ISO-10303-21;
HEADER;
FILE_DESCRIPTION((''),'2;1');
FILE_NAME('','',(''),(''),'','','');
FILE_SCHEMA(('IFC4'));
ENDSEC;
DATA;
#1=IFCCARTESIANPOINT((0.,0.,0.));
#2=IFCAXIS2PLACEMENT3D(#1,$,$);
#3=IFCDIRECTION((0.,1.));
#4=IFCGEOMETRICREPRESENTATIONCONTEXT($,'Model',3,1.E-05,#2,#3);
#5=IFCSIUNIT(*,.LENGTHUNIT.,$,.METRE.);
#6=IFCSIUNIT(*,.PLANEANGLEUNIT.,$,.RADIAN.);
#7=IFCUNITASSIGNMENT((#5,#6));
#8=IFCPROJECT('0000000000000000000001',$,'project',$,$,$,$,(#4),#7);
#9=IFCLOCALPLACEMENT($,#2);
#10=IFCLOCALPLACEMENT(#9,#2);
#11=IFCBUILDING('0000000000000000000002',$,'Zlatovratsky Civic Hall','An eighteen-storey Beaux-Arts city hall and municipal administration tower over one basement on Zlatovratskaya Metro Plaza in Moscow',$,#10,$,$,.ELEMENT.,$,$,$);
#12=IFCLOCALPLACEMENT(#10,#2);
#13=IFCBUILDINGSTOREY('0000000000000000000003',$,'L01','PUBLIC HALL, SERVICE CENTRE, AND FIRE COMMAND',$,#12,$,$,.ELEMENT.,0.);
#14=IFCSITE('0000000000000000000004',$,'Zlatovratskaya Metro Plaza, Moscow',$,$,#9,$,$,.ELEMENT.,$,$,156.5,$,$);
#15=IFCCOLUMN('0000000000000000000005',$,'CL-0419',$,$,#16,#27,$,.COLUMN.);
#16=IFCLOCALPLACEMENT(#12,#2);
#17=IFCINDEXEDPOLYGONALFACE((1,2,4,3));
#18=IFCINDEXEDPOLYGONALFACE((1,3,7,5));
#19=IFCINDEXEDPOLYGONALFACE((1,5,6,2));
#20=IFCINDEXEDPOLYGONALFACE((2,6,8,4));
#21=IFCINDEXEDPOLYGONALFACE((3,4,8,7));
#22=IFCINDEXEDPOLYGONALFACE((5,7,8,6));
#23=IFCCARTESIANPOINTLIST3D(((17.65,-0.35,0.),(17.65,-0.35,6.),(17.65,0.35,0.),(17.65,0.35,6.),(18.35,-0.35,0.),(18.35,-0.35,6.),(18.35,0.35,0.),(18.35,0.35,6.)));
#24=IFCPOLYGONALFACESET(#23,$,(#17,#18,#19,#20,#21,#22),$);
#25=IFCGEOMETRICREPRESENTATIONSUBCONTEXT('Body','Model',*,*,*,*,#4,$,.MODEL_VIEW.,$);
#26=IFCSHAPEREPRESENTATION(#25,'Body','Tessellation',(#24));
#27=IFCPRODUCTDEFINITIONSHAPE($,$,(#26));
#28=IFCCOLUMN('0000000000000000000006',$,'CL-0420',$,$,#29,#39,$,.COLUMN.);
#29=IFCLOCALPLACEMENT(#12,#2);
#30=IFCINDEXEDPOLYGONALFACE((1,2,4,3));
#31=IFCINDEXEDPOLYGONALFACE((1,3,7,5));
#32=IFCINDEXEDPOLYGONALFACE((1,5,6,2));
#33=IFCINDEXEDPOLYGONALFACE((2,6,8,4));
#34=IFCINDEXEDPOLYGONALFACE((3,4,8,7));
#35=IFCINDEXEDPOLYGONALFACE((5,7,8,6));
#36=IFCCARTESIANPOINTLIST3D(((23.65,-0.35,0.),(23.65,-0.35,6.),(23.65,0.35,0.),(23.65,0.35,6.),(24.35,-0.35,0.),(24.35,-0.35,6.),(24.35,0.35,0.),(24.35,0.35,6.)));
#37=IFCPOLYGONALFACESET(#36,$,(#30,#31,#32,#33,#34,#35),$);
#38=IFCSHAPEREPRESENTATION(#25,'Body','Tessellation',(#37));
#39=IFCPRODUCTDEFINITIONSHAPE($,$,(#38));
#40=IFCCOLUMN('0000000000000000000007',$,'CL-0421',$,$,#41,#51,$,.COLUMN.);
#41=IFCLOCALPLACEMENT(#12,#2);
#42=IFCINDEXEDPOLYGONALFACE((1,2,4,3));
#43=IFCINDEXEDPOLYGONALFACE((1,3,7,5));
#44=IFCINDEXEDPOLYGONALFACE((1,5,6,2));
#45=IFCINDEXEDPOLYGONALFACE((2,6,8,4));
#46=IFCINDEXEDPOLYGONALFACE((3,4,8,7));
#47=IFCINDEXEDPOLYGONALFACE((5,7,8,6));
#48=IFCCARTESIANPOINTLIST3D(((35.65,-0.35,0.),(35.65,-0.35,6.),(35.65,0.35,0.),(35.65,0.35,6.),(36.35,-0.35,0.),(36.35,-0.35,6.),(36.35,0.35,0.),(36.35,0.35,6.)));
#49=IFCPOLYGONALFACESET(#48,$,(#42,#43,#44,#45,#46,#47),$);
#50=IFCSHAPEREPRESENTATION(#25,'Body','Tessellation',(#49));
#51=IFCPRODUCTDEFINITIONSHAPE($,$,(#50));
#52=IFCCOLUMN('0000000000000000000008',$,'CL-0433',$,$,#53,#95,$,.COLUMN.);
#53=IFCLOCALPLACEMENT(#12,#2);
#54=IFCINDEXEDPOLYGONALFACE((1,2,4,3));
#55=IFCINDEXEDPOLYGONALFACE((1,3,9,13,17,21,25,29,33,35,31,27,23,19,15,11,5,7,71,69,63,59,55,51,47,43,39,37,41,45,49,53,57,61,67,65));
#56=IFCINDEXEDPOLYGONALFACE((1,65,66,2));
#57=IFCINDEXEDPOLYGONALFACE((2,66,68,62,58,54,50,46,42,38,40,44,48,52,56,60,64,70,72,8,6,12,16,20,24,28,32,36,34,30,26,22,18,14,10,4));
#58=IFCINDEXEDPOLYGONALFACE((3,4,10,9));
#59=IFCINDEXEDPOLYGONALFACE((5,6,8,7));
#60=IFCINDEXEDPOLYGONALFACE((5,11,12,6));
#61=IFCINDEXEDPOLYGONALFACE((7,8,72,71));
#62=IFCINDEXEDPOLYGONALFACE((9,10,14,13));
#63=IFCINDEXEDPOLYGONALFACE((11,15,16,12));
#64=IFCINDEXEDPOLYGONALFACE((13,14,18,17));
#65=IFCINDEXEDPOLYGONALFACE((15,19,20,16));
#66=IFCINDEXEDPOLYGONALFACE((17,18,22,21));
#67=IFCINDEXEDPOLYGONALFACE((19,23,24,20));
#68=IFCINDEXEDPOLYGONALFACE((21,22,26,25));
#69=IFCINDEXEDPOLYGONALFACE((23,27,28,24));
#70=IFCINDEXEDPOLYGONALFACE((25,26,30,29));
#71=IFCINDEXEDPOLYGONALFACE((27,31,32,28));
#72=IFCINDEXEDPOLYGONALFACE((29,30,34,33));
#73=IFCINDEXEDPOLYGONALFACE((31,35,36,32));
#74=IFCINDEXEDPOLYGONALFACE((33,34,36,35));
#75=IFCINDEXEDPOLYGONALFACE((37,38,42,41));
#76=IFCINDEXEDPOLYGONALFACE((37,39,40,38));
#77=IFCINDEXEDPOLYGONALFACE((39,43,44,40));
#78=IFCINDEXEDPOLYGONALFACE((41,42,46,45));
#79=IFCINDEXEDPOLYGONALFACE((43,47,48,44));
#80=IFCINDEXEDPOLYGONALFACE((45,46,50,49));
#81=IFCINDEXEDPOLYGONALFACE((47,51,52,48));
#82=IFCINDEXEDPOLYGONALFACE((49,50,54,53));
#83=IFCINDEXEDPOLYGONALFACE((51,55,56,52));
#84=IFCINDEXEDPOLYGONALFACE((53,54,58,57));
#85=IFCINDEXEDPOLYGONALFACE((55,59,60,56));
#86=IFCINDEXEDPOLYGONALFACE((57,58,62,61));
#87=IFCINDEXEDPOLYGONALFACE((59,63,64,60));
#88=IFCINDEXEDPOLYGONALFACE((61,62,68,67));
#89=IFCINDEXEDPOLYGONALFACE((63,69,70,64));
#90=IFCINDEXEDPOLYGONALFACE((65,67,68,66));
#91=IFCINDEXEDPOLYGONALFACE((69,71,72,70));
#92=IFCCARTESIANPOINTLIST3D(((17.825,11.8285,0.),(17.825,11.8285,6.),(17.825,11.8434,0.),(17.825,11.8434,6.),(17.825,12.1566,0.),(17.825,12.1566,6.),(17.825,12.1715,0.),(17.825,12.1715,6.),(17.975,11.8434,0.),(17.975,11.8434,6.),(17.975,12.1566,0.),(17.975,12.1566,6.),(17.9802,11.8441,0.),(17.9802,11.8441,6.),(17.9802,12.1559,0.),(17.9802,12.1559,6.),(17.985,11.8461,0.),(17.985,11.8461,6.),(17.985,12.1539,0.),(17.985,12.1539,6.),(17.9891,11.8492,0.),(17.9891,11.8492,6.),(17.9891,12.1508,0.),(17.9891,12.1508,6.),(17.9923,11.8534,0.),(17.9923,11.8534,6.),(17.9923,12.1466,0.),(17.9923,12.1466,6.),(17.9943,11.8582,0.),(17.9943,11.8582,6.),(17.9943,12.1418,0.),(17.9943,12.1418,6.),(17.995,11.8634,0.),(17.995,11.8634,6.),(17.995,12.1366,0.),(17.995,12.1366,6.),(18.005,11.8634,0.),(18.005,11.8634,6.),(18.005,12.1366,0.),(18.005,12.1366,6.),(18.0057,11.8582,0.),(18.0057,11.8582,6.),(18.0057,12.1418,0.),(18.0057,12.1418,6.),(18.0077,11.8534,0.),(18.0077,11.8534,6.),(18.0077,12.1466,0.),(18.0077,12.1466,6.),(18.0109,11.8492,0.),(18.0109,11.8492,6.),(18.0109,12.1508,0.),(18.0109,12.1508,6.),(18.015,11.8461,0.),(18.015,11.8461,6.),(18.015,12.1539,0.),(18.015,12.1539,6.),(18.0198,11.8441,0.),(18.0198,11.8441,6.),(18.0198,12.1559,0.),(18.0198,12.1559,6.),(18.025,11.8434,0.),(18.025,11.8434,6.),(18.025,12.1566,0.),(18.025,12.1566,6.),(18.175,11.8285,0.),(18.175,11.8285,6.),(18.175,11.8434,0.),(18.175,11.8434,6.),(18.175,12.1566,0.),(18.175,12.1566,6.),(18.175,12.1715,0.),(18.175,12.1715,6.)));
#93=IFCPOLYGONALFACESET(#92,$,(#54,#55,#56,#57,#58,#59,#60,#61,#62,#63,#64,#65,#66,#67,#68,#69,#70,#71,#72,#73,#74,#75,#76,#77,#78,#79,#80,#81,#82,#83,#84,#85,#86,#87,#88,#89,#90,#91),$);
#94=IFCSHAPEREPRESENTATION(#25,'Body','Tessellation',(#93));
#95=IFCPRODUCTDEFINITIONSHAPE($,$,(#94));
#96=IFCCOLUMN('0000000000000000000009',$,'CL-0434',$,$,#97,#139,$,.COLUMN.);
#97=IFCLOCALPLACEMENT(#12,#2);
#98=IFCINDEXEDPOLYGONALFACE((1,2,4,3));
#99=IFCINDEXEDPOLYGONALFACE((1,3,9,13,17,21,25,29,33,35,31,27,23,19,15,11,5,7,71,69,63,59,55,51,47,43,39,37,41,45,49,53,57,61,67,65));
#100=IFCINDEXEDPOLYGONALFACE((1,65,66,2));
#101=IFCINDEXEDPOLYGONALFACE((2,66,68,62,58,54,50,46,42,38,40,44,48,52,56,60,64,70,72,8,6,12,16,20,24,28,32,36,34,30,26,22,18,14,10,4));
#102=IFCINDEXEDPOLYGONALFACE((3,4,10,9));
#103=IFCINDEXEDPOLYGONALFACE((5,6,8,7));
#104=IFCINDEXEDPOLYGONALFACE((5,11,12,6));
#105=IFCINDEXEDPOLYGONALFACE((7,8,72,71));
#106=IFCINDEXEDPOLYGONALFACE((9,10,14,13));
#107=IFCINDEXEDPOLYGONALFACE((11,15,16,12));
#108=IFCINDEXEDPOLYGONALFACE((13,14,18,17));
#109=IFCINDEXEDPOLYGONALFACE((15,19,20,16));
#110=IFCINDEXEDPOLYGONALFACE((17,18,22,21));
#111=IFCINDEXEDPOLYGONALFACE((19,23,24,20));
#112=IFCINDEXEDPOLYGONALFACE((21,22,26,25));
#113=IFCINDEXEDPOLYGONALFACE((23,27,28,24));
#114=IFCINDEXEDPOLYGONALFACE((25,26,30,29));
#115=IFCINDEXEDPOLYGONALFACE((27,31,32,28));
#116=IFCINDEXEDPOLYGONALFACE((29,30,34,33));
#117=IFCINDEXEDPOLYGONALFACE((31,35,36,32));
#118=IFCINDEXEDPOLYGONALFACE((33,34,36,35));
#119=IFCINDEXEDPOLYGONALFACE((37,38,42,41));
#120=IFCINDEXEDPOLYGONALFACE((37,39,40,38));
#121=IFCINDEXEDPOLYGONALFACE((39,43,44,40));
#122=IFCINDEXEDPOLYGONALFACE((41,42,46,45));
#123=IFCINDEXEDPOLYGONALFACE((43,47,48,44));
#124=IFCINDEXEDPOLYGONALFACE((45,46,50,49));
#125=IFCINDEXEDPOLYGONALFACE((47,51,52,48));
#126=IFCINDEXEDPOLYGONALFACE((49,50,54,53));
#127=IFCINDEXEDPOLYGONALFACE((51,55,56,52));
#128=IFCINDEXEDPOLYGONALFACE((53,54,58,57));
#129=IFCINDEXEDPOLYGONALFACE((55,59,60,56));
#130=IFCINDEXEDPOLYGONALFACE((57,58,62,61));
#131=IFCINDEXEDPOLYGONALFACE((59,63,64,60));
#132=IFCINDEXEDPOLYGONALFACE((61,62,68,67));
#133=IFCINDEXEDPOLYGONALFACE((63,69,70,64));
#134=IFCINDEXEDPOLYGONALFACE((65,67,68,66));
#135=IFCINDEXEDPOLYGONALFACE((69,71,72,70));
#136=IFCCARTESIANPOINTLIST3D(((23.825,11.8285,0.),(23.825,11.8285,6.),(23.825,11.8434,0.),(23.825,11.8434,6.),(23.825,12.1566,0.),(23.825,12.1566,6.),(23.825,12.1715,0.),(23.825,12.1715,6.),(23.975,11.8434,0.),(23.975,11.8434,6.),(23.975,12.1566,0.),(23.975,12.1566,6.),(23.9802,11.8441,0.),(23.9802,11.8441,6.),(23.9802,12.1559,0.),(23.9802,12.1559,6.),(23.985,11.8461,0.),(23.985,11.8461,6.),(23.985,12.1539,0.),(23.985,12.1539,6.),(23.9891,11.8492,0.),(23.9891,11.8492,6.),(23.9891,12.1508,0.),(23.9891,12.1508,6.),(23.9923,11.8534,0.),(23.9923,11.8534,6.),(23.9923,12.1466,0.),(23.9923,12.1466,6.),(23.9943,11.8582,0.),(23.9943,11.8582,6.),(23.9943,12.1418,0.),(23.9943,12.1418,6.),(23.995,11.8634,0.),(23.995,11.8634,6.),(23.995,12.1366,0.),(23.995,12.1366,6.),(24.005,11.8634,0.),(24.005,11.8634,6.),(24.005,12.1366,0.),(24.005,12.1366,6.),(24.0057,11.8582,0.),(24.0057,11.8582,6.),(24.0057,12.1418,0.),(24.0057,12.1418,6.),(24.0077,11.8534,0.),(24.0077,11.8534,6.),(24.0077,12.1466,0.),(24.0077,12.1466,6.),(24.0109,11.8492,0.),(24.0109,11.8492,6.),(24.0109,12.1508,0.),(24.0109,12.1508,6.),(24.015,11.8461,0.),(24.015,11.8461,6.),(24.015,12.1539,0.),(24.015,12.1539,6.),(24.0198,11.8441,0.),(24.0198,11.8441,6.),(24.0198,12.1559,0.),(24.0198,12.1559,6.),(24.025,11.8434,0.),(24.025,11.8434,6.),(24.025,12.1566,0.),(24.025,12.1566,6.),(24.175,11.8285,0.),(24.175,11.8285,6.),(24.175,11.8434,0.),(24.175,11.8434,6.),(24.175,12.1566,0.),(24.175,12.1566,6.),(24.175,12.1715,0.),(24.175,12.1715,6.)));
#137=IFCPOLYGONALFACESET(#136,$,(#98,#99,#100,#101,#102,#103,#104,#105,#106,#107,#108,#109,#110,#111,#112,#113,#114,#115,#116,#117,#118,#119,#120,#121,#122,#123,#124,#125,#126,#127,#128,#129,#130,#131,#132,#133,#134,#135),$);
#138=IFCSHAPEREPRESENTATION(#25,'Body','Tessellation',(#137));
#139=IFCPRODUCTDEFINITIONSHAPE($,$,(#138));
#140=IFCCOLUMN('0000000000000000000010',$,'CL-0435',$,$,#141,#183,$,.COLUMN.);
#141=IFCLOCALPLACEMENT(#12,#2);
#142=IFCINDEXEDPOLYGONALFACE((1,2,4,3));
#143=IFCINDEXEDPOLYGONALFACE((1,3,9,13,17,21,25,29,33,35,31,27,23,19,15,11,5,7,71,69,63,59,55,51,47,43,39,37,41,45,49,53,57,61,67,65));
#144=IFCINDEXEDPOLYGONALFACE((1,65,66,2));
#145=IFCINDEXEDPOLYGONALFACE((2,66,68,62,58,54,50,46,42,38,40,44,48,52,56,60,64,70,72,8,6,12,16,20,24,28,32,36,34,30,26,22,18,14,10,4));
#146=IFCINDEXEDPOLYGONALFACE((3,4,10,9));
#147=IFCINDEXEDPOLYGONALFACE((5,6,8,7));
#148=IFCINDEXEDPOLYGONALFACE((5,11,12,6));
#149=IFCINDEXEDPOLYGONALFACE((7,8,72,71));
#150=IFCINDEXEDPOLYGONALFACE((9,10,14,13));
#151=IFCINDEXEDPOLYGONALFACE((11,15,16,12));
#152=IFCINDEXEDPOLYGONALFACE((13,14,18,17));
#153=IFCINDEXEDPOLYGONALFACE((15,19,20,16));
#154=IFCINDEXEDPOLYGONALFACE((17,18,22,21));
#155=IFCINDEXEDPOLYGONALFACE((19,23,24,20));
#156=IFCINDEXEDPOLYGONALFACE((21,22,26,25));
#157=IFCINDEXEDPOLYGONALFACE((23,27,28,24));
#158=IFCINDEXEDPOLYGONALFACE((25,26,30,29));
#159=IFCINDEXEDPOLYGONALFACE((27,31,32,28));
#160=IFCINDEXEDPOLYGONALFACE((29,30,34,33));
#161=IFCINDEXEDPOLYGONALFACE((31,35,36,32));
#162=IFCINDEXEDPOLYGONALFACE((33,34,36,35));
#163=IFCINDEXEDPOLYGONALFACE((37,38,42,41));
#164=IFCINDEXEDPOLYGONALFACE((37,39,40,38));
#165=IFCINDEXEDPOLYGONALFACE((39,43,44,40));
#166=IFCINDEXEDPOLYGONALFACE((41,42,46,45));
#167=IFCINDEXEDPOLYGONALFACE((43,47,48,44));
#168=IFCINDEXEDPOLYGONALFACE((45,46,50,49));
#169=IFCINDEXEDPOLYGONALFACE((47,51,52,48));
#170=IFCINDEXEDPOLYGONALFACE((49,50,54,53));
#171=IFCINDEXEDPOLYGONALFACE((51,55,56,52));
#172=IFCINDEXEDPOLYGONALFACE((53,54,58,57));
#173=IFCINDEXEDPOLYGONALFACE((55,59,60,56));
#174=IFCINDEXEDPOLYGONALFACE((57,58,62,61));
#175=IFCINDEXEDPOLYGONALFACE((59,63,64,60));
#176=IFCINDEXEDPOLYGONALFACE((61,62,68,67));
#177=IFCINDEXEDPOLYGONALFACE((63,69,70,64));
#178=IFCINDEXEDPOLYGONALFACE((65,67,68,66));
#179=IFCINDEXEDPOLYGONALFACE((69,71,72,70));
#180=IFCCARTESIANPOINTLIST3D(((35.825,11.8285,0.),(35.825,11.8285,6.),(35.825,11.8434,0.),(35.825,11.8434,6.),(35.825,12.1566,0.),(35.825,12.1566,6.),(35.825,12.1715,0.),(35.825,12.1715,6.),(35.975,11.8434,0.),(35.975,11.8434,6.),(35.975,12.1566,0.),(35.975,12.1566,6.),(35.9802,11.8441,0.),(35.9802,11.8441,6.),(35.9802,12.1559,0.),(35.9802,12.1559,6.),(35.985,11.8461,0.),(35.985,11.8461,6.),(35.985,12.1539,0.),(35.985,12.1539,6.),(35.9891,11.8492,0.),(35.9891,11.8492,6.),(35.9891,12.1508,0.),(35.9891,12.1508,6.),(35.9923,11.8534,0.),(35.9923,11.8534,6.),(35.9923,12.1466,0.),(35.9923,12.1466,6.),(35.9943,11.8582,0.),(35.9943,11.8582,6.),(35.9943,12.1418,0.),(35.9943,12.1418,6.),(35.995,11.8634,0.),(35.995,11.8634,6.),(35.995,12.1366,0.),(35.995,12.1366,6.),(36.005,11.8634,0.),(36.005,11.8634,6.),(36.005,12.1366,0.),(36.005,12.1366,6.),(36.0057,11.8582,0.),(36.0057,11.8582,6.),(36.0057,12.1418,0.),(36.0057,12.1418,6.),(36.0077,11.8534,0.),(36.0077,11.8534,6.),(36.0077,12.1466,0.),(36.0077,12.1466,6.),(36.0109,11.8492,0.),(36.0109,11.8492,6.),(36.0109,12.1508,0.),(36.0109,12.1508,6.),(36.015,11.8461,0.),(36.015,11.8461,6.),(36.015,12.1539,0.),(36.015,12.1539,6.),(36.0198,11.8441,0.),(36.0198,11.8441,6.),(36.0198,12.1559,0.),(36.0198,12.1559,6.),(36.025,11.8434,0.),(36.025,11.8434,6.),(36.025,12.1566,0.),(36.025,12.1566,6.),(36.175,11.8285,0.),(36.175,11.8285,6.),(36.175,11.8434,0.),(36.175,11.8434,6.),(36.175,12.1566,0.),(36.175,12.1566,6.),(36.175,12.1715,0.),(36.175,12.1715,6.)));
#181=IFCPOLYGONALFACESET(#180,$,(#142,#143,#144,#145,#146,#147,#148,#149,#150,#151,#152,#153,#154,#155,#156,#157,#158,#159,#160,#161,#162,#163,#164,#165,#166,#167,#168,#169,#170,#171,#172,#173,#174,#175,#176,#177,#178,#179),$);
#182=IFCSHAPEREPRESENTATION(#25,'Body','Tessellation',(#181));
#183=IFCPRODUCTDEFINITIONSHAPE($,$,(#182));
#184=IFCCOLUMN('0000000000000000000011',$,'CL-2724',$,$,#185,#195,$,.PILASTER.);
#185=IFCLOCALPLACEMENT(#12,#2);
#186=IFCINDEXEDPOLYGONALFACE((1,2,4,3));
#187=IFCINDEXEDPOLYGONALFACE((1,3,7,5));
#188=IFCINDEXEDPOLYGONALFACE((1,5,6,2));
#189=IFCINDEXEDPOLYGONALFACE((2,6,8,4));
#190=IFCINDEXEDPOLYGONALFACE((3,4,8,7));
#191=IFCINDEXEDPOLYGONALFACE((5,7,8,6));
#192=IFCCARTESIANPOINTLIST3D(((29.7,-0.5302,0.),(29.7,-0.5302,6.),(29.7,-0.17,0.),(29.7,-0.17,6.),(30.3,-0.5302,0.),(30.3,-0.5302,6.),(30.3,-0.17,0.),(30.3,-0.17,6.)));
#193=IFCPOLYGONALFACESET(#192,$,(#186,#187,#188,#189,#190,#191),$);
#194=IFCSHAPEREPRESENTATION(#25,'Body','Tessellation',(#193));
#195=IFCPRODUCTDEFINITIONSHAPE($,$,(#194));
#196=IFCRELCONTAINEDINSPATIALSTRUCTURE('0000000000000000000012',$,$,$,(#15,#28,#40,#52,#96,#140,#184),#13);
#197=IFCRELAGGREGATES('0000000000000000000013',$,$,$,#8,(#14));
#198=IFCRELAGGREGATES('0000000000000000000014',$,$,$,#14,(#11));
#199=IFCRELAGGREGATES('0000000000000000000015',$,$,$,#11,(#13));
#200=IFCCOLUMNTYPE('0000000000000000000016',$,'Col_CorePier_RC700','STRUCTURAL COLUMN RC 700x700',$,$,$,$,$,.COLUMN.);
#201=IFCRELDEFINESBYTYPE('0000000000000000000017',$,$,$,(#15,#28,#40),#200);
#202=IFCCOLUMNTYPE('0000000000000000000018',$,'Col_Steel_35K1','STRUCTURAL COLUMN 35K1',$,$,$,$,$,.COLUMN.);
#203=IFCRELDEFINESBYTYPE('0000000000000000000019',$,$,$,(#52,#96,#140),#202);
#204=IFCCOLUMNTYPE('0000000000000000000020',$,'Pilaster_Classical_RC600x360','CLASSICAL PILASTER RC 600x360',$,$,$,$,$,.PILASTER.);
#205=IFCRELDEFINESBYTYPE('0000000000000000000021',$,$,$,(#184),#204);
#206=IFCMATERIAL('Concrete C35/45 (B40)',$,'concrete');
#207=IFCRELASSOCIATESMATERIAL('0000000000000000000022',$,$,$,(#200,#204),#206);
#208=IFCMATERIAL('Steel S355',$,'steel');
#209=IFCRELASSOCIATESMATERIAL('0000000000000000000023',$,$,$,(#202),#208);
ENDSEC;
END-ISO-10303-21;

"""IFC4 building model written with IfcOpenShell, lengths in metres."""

from ifc_helpers import new_model, si_unit, direction, frame, origin, origin_2d, place, context, subcontext, project, spatial, rectangle, i_section, extrude, material, material_profile, profile_set, type_object, element, save


model = new_model("IFC4")

# Units and contexts
model_context = context("Model", 3, precision=1e-05, world=origin(), true_north=direction((0.0, 1.0)))
body_context = subcontext(model_context, "Body", "Model", "MODEL_VIEW")
ifc_project = project(units=[si_unit("LENGTHUNIT", "METRE"), si_unit("PLANEANGLEUNIT", "RADIAN")], contexts=[model_context])

# Site, building, storey
site_placement = place(None, origin())
site = spatial("IfcSite", under=ifc_project, at=site_placement, Name="Zlatovratskaya Metro Plaza, Moscow", CompositionType="ELEMENT", RefElevation=156.5)
building_placement = place(site_placement, origin())
building = spatial("IfcBuilding", under=site, at=building_placement, Name="Zlatovratsky Civic Hall", Description="An eighteen-storey Beaux-Arts city hall and municipal administration tower over one basement on Zlatovratskaya Metro Plaza in Moscow", CompositionType="ELEMENT")
storey_placement = place(building_placement, origin())
storey = spatial("IfcBuildingStorey", under=building, at=storey_placement, Name="L01", Description="PUBLIC HALL, SERVICE CENTRE, AND FIRE COMMAND", CompositionType="ELEMENT", Elevation=0.0)

# Columns
ifc_material_1 = material(Name="Concrete C35/45 (B40)", Category="concrete")
ifc_material_profile_1 = material_profile(ifc_material_1, rectangle(XDim=0.7, YDim=0.7, at=origin_2d()), Name="RC 700x700")
ifc_profile_set_1 = profile_set([ifc_material_profile_1], Name="Concrete C35/45 (B40)")
column_type_1 = type_object("IfcColumnType", Name="Col_CorePier_RC700", Description="STRUCTURAL COLUMN RC 700x700", PredefinedType="COLUMN", material=ifc_profile_set_1)
for number, where, z_axis, x_axis, name in (
    (1, (18.0, 0.0, 0.0), (0.0, 0.0, 1.0), (1.0, 0.0, 0.0), "CL-0419"),
    (2, (24.0, 0.0, 0.0), (0.0, 0.0, 1.0), (1.0, 0.0, 0.0), "CL-0420"),
    (3, (36.0, 0.0, 0.0), (0.0, 0.0, 1.0), (1.0, 0.0, 0.0), "CL-0421"),
):
    element("IfcColumn", number, at=place(storey_placement, frame(where, z_axis=z_axis, x_axis=x_axis)), inside=storey, type_object=column_type_1, Name=name, PredefinedType="COLUMN", context=body_context, shape_type="SweptSolid", body=[
        extrude(rectangle(XDim=0.7, YDim=0.7, at=origin_2d()), origin(), (0.0, 0.0, 1.0), 6.0),
    ])
ifc_material_2 = material(Name="Steel S355", Category="steel")
ifc_material_profile_2 = material_profile(ifc_material_2, i_section(OverallWidth=0.3501, OverallDepth=0.343, WebThickness=0.01, FlangeThickness=0.0149, FilletRadius=0.02, at=origin_2d()), Name="35K1")
ifc_profile_set_2 = profile_set([ifc_material_profile_2], Name="Steel S355")
column_type_2 = type_object("IfcColumnType", Name="Col_Steel_35K1", Description="STRUCTURAL COLUMN 35K1", PredefinedType="COLUMN", material=ifc_profile_set_2)
for number, where, z_axis, x_axis, name in (
    (4, (18.0, 12.0, 0.0), (0.0, 0.0, 1.0), (1.0, 0.0, 0.0), "CL-0433"),
    (5, (24.0, 12.0, 0.0), (0.0, 0.0, 1.0), (1.0, 0.0, 0.0), "CL-0434"),
    (6, (36.0, 12.0, 0.0), (0.0, 0.0, 1.0), (1.0, 0.0, 0.0), "CL-0435"),
):
    element("IfcColumn", number, at=place(storey_placement, frame(where, z_axis=z_axis, x_axis=x_axis)), inside=storey, type_object=column_type_2, Name=name, PredefinedType="COLUMN", context=body_context, shape_type="SweptSolid", body=[
        extrude(i_section(OverallWidth=0.3501, OverallDepth=0.343, WebThickness=0.01, FlangeThickness=0.0149, FilletRadius=0.02, at=origin_2d()), origin(), (0.0, 0.0, 1.0), 6.0),
    ])
ifc_material_profile_3 = material_profile(ifc_material_1, rectangle(XDim=0.6001, YDim=0.3601, at=origin_2d()), Name="RC 600x360")
ifc_profile_set_3 = profile_set([ifc_material_profile_3], Name="Concrete C35/45 (B40)")
column_type_3 = type_object("IfcColumnType", Name="Pilaster_Classical_RC600x360", Description="CLASSICAL PILASTER RC 600x360", PredefinedType="PILASTER", material=ifc_profile_set_3)
column_placement = place(storey_placement, frame((30.0, -0.3501, 0.0), z_axis=(0.0, 0.0, 1.0), x_axis=(1.0, 0.0, 0.0)))
element("IfcColumn", 7, at=column_placement, inside=storey, type_object=column_type_3, Name="CL-2724", PredefinedType="PILASTER", context=body_context, shape_type="SweptSolid", body=[
    extrude(rectangle(XDim=0.6001, YDim=0.3601, at=origin_2d()), origin(), (0.0, 0.0, 1.0), 6.0),
])

save(model, "model.ifc")
